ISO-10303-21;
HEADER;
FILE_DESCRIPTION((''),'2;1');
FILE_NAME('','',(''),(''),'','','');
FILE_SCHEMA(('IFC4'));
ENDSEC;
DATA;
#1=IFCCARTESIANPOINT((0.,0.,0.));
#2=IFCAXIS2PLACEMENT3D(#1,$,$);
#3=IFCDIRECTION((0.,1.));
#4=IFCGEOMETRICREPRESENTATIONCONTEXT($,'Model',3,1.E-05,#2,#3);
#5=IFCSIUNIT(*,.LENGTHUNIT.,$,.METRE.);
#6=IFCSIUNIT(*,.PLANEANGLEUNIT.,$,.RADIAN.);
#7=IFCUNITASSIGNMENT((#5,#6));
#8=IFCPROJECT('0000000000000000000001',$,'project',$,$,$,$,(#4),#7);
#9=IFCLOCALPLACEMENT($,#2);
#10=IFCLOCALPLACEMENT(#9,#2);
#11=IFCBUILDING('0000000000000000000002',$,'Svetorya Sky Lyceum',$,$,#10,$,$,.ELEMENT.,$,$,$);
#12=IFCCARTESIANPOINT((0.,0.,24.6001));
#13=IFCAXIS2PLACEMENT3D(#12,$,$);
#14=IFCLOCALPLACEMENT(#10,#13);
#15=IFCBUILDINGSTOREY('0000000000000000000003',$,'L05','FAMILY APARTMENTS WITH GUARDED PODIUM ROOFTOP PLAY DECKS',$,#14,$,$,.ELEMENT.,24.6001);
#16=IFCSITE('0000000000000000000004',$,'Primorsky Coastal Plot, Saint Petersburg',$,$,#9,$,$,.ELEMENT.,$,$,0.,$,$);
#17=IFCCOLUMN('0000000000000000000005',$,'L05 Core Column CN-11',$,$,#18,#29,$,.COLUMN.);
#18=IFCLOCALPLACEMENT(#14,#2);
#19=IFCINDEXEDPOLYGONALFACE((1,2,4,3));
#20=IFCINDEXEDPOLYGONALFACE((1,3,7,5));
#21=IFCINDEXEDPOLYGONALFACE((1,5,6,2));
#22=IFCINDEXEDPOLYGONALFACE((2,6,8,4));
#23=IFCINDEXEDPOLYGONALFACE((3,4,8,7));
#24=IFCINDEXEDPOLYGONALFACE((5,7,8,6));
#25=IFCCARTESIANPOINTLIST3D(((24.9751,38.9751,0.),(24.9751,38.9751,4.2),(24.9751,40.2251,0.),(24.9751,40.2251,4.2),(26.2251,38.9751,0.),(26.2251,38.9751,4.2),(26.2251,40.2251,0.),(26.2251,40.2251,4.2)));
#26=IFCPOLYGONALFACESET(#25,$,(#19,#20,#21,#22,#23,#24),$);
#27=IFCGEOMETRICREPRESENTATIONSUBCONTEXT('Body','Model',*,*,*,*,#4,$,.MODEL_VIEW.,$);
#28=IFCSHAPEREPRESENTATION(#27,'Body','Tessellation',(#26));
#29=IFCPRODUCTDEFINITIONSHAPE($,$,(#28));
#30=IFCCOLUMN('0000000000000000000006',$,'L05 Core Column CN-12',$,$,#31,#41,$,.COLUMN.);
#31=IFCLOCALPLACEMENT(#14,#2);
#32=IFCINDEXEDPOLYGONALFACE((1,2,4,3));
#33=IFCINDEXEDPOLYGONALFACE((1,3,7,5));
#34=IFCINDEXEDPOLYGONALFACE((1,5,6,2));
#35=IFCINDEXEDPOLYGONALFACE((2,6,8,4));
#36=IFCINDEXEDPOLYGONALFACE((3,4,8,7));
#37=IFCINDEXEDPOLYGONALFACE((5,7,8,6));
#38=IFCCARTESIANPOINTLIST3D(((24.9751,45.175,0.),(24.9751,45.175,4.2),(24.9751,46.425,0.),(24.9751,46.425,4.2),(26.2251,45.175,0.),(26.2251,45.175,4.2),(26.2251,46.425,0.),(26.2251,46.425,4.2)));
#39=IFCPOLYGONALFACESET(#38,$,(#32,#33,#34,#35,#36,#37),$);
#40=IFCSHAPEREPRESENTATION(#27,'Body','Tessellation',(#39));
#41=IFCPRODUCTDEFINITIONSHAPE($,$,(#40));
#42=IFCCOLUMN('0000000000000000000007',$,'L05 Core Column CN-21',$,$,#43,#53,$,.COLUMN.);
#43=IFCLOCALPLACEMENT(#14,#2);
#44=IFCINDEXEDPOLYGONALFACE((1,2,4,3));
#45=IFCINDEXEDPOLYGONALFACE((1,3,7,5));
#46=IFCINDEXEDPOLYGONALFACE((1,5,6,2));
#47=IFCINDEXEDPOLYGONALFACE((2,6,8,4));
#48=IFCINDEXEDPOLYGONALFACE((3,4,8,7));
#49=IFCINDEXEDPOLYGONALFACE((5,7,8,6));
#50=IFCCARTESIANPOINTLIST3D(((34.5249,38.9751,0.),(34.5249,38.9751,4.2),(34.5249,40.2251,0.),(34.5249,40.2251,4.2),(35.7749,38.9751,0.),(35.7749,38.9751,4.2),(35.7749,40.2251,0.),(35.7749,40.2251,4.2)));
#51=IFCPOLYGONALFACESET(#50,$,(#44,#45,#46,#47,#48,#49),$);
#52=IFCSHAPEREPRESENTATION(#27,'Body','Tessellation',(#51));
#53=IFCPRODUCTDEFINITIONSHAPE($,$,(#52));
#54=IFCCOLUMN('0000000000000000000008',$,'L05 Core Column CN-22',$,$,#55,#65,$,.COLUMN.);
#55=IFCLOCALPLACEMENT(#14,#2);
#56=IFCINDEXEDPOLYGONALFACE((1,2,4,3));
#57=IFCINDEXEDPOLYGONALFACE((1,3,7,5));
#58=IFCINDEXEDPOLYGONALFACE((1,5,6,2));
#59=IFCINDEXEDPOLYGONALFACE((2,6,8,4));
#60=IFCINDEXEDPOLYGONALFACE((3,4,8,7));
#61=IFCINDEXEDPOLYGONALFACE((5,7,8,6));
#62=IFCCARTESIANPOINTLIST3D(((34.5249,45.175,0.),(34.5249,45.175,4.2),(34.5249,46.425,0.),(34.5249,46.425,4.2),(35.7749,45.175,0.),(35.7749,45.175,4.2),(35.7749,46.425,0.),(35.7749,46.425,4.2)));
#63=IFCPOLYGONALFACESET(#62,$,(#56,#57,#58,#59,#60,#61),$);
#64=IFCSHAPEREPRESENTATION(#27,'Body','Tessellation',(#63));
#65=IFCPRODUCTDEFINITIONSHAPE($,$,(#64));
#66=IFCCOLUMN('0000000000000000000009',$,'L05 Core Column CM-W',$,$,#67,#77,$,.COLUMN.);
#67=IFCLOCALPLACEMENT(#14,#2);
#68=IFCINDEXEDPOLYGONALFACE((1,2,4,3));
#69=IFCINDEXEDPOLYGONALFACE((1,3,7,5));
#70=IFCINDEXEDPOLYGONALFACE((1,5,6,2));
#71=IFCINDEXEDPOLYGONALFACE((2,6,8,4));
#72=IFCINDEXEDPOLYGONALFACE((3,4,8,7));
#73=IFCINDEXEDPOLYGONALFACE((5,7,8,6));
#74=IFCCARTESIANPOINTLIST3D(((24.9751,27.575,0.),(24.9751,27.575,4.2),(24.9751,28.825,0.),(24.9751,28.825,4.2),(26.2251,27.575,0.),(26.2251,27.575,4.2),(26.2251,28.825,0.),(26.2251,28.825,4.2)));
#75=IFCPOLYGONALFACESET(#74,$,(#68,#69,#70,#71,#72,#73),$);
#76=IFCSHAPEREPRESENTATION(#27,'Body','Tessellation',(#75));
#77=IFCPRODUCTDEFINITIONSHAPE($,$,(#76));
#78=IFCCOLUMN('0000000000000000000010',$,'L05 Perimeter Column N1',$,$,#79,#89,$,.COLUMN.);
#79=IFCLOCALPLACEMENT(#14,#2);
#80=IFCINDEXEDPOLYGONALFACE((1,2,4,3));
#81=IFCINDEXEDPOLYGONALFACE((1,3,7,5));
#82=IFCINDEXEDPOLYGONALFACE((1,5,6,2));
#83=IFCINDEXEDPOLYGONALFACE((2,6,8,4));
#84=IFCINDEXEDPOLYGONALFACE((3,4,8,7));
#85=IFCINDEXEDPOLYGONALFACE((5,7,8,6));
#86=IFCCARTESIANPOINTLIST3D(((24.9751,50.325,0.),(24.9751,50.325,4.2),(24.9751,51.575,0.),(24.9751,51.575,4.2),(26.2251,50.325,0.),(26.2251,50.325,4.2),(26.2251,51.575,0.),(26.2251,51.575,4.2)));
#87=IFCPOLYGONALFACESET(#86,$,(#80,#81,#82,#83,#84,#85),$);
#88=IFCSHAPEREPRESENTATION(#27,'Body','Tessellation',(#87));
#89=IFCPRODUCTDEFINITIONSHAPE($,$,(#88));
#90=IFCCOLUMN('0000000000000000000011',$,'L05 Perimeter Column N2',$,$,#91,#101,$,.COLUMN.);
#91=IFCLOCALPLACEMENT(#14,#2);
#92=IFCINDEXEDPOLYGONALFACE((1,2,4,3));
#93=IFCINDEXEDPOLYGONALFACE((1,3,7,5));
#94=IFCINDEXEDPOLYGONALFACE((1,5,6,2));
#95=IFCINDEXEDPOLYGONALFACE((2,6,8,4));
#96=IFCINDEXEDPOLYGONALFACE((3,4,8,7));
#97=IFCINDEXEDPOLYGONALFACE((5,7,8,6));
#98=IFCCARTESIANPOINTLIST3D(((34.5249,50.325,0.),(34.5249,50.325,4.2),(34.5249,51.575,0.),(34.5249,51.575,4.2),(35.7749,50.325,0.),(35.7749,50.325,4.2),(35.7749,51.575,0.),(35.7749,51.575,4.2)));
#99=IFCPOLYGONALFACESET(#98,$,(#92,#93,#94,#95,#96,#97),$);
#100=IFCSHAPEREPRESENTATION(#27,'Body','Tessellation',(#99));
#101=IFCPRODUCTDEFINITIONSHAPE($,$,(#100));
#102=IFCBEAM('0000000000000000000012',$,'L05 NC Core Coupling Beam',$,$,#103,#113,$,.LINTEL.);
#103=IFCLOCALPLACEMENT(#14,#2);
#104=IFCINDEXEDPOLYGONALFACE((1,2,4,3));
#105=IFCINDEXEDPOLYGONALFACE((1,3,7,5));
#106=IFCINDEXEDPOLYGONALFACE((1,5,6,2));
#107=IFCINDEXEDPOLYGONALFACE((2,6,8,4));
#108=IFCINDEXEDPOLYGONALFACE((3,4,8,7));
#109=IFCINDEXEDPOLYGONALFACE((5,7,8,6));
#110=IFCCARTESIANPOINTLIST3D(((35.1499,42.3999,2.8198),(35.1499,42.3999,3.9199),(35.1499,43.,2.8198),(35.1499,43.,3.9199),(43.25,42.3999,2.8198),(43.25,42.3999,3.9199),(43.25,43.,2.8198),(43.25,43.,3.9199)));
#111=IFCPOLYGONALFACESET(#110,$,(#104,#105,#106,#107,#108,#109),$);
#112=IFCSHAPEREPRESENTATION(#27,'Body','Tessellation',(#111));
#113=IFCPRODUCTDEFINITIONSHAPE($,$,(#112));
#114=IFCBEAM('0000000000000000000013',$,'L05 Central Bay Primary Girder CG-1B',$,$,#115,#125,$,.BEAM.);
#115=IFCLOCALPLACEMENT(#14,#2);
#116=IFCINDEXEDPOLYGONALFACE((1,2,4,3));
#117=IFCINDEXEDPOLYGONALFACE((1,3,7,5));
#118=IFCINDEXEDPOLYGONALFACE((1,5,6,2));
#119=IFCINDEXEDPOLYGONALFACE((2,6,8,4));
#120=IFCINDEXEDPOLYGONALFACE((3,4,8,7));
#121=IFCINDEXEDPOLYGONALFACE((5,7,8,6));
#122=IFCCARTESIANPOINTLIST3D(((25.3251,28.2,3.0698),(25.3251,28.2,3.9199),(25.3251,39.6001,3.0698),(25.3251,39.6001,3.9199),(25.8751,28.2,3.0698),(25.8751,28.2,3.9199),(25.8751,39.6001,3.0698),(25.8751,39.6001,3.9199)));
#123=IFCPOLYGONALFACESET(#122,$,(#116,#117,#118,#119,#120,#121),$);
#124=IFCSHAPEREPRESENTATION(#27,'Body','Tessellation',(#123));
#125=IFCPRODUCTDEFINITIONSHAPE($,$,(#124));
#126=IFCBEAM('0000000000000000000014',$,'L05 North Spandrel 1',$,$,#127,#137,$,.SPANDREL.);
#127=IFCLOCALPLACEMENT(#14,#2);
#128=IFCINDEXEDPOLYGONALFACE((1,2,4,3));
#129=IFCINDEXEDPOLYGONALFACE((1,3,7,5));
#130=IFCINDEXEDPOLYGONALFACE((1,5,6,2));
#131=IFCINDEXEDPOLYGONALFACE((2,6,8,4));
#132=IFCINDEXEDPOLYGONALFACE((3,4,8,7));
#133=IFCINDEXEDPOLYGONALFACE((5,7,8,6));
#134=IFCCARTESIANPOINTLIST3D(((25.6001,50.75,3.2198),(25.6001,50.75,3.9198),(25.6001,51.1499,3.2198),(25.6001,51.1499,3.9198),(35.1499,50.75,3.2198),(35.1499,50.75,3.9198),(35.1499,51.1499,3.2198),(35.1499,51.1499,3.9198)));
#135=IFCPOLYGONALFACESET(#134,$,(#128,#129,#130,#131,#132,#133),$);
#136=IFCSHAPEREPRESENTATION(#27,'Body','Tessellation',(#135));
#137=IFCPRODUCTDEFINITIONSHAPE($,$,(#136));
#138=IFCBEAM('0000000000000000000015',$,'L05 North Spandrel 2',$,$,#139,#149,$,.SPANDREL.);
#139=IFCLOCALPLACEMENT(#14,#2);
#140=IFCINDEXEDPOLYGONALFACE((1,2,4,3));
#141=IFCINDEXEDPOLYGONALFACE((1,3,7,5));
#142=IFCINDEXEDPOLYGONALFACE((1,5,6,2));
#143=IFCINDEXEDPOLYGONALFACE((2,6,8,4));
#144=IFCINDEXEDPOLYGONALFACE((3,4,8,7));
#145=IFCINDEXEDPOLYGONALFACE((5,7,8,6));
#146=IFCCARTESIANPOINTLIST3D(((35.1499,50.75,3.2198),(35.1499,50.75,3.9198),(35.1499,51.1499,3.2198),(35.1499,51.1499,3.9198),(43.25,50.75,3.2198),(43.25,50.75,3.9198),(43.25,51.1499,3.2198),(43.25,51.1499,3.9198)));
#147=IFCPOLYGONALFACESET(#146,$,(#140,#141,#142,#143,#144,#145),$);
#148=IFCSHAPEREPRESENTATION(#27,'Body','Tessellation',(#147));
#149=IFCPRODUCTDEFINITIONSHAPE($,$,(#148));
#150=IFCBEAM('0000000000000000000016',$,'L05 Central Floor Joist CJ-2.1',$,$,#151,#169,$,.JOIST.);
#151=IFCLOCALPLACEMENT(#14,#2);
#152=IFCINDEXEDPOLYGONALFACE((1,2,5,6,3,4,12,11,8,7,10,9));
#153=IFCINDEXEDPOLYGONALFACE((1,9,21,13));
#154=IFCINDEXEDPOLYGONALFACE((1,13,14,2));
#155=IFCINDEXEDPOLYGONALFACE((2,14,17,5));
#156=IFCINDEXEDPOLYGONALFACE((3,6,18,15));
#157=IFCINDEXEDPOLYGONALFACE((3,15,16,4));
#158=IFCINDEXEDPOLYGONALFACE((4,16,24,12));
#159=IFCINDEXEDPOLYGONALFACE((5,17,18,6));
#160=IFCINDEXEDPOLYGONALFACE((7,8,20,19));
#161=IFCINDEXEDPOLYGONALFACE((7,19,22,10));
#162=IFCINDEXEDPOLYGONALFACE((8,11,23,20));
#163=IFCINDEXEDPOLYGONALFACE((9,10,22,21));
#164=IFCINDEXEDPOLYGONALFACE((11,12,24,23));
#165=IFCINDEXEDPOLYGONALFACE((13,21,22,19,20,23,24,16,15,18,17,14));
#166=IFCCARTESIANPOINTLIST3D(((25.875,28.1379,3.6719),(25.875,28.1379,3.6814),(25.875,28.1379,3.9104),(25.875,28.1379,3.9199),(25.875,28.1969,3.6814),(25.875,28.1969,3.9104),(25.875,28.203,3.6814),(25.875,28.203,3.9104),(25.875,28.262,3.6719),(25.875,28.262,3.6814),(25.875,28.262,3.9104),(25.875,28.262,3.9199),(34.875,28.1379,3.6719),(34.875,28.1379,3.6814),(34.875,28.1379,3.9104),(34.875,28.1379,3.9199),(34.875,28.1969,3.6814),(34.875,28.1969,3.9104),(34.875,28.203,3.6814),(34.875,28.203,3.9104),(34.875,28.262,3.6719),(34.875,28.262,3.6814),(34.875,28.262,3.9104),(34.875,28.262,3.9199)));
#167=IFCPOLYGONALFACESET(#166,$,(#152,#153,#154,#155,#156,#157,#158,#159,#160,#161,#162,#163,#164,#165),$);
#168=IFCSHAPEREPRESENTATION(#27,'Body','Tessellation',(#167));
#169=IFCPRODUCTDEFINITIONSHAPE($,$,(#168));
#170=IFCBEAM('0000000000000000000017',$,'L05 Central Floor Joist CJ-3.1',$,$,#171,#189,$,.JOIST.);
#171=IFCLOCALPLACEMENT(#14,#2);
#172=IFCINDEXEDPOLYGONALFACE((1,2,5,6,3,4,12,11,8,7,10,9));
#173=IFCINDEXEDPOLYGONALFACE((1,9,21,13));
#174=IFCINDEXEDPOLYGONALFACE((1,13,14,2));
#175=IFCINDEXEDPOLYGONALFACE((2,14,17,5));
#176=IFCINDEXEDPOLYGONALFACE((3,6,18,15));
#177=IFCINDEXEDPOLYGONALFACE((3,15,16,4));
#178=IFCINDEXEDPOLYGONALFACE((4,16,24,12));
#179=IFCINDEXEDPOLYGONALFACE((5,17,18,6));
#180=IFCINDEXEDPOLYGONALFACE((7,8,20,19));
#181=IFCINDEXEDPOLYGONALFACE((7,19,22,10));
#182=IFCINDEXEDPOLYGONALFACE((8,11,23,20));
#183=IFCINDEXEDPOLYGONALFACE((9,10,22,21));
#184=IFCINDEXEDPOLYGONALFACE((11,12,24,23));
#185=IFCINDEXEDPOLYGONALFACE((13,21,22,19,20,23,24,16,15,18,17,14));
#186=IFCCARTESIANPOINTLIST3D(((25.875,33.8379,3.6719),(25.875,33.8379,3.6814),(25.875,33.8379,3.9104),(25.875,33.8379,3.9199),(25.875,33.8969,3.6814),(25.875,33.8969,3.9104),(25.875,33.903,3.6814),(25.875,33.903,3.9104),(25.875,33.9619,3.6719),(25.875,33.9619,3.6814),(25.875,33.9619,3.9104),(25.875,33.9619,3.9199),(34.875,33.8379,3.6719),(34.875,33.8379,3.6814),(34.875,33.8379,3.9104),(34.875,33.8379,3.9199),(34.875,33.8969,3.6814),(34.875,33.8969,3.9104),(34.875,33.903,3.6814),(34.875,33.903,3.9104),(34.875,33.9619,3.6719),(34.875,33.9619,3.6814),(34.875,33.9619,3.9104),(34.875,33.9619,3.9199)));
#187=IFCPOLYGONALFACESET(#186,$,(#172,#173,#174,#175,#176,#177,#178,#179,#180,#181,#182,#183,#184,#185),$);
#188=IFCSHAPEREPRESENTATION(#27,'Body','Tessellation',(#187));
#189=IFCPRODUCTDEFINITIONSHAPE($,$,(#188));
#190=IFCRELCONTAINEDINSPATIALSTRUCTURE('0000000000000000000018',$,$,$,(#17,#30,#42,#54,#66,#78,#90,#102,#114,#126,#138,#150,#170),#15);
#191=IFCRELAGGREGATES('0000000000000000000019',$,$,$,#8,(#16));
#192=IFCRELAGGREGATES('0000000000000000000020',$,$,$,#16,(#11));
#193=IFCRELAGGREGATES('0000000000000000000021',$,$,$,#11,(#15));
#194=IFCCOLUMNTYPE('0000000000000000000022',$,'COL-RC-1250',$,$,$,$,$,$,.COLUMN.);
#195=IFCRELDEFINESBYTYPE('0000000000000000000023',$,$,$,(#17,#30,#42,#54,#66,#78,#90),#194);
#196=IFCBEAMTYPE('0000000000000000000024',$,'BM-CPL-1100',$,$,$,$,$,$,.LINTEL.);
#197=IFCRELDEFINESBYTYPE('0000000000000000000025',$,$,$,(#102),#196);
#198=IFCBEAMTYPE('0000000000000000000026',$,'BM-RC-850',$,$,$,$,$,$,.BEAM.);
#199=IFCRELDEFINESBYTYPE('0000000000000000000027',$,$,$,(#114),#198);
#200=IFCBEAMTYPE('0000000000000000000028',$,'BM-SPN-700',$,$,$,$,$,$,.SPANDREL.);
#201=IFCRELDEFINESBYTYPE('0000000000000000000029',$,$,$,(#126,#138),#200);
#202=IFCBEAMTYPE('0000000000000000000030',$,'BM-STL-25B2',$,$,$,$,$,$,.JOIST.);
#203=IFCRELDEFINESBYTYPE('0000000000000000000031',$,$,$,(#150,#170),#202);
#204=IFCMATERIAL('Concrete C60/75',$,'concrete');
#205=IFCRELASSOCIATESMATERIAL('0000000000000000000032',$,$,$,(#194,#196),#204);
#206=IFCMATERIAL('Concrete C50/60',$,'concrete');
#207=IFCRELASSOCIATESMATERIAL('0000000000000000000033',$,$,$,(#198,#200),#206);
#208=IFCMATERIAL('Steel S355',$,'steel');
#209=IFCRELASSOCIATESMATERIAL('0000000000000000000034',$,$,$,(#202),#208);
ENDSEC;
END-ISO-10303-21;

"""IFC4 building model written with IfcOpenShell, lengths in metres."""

from ifc_helpers import new_model, si_unit, direction, frame, origin, origin_2d, place, context, subcontext, project, spatial, rectangle, i_section, extrude, material, material_profile, profile_set, type_object, element, save


model = new_model("IFC4")

# Units and contexts
model_context = context("Model", 3, precision=1e-05, world=origin(), true_north=direction((0.0, 1.0)))
body_context = subcontext(model_context, "Body", "Model", "MODEL_VIEW")
ifc_project = project(units=[si_unit("LENGTHUNIT", "METRE"), si_unit("PLANEANGLEUNIT", "RADIAN")], contexts=[model_context])

# Site, building, storey
site_placement = place(None, origin())
site = spatial("IfcSite", under=ifc_project, at=site_placement, Name="Primorsky Coastal Plot, Saint Petersburg", CompositionType="ELEMENT", RefElevation=0.0)
building_placement = place(site_placement, origin())
building = spatial("IfcBuilding", under=site, at=building_placement, Name="Svetorya Sky Lyceum", CompositionType="ELEMENT")
storey_placement = place(building_placement, frame((0.0, 0.0, 24.6001)))
storey = spatial("IfcBuildingStorey", under=building, at=storey_placement, Name="L05", Description="FAMILY APARTMENTS WITH GUARDED PODIUM ROOFTOP PLAY DECKS", CompositionType="ELEMENT", Elevation=24.6001)

# Columns
ifc_material_1 = material(Name="Concrete C60/75", Category="concrete")
ifc_material_profile_1 = material_profile(ifc_material_1, rectangle(XDim=1.25, YDim=1.25, at=origin_2d()), Name="RC COL 1250x1250")
ifc_profile_set_1 = profile_set([ifc_material_profile_1], Name="Concrete C60/75")
column_type = type_object("IfcColumnType", Name="COL-RC-1250", PredefinedType="COLUMN", material=ifc_profile_set_1)
for number, where, z_axis, x_axis, name in (
    (1, (25.6001, 39.6001, 0.0), (0.0, 0.0, 1.0), (1.0, 0.0, 0.0), "L05 Core Column CN-11"),
    (2, (25.6001, 45.8, 0.0), (0.0, 0.0, 1.0), (1.0, 0.0, 0.0), "L05 Core Column CN-12"),
    (3, (35.1499, 39.6001, 0.0), (0.0, 0.0, 1.0), (1.0, 0.0, 0.0), "L05 Core Column CN-21"),
    (4, (35.1499, 45.8, 0.0), (0.0, 0.0, 1.0), (1.0, 0.0, 0.0), "L05 Core Column CN-22"),
    (5, (25.6001, 28.2, 0.0), (0.0, 0.0, 1.0), (1.0, 0.0, 0.0), "L05 Core Column CM-W"),
    (6, (25.6001, 50.95, 0.0), (0.0, 0.0, 1.0), (1.0, 0.0, 0.0), "L05 Perimeter Column N1"),
    (7, (35.1499, 50.95, 0.0), (0.0, 0.0, 1.0), (1.0, 0.0, 0.0), "L05 Perimeter Column N2"),
):
    element("IfcColumn", number, at=place(storey_placement, frame(where, z_axis=z_axis, x_axis=x_axis)), inside=storey, type_object=column_type, Name=name, PredefinedType="COLUMN", context=body_context, shape_type="SweptSolid", body=[
        extrude(rectangle(XDim=1.25, YDim=1.25, at=origin_2d()), origin(), (0.0, 0.0, 1.0), 4.2),
    ])

# Beams
ifc_material_profile_2 = material_profile(ifc_material_1, rectangle(XDim=0.6001, YDim=1.1001, at=origin_2d()), Name="RC COUPLING 600x1100")
ifc_profile_set_2 = profile_set([ifc_material_profile_2], Name="Concrete C60/75")
beam_type_1 = type_object("IfcBeamType", Name="BM-CPL-1100", PredefinedType="LINTEL", material=ifc_profile_set_2)
beam_1_placement = place(storey_placement, frame((35.1499, 42.7, 3.3699), z_axis=(1.0, 0.0, 0.0), x_axis=(0.0, 1.0, 0.0)))
element("IfcBeam", 8, at=beam_1_placement, inside=storey, type_object=beam_type_1, Name="L05 NC Core Coupling Beam", PredefinedType="LINTEL", context=body_context, shape_type="SweptSolid", body=[
    extrude(rectangle(XDim=0.6001, YDim=1.1001, at=origin_2d()), origin(), (0.0, 0.0, 1.0), 8.1001),
])
ifc_material_2 = material(Name="Concrete C50/60", Category="concrete")
ifc_material_profile_3 = material_profile(ifc_material_2, rectangle(XDim=0.55, YDim=0.8501, at=origin_2d()), Name="RC BEAM 550x850")
ifc_profile_set_3 = profile_set([ifc_material_profile_3], Name="Concrete C50/60")
beam_type_2 = type_object("IfcBeamType", Name="BM-RC-850", PredefinedType="BEAM", material=ifc_profile_set_3)
beam_2_placement = place(storey_placement, frame((25.6001, 28.2, 3.4949), z_axis=(0.0, 1.0, 0.0), x_axis=(-1.0, 0.0, 0.0)))
element("IfcBeam", 9, at=beam_2_placement, inside=storey, type_object=beam_type_2, Name="L05 Central Bay Primary Girder CG-1B", PredefinedType="BEAM", context=body_context, shape_type="SweptSolid", body=[
    extrude(rectangle(XDim=0.55, YDim=0.8501, at=origin_2d()), origin(), (0.0, 0.0, 1.0), 11.4001),
])
ifc_material_profile_4 = material_profile(ifc_material_2, rectangle(XDim=0.3999, YDim=0.7, at=origin_2d()), Name="RC SPANDREL 400x700")
ifc_profile_set_4 = profile_set([ifc_material_profile_4], Name="Concrete C50/60")
beam_type_3 = type_object("IfcBeamType", Name="BM-SPN-700", PredefinedType="SPANDREL", material=ifc_profile_set_4)
beam_3_placement = place(storey_placement, frame((25.6001, 50.95, 3.5698), z_axis=(1.0, 0.0, 0.0), x_axis=(0.0, 1.0, 0.0)))
element("IfcBeam", 10, at=beam_3_placement, inside=storey, type_object=beam_type_3, Name="L05 North Spandrel 1", PredefinedType="SPANDREL", context=body_context, shape_type="SweptSolid", body=[
    extrude(rectangle(XDim=0.3999, YDim=0.7, at=origin_2d()), origin(), (0.0, 0.0, 1.0), 9.5498),
])
beam_4_placement = place(storey_placement, frame((35.1499, 50.95, 3.5698), z_axis=(1.0, 0.0, 0.0), x_axis=(0.0, 1.0, 0.0)))
element("IfcBeam", 11, at=beam_4_placement, inside=storey, type_object=beam_type_3, Name="L05 North Spandrel 2", PredefinedType="SPANDREL", context=body_context, shape_type="SweptSolid", body=[
    extrude(rectangle(XDim=0.3999, YDim=0.7, at=origin_2d()), origin(), (0.0, 0.0, 1.0), 8.1001),
])
ifc_material_3 = material(Name="Steel S355", Category="steel")
ifc_material_profile_5 = material_profile(ifc_material_3, i_section(OverallWidth=0.124, OverallDepth=0.248, WebThickness=0.0061, FlangeThickness=0.0095, at=origin_2d()), Name="GOST 25B2")
ifc_profile_set_5 = profile_set([ifc_material_profile_5], Name="Steel S355")
beam_type_4 = type_object("IfcBeamType", Name="BM-STL-25B2", PredefinedType="JOIST", material=ifc_profile_set_5)
for number, where, z_axis, x_axis, name in (
    (12, (25.875, 28.2, 3.7959), (1.0, 0.0, 0.0), (0.0, 1.0, 0.0), "L05 Central Floor Joist CJ-2.1"),
    (13, (25.875, 33.8999, 3.7959), (1.0, 0.0, 0.0), (0.0, 1.0, 0.0), "L05 Central Floor Joist CJ-3.1"),
):
    element("IfcBeam", number, at=place(storey_placement, frame(where, z_axis=z_axis, x_axis=x_axis)), inside=storey, type_object=beam_type_4, Name=name, PredefinedType="JOIST", context=body_context, shape_type="SweptSolid", body=[
        extrude(i_section(OverallWidth=0.124, OverallDepth=0.248, WebThickness=0.0061, FlangeThickness=0.0095, at=origin_2d()), origin(), (0.0, 0.0, 1.0), 9.0),
    ])

save(model, "model.ifc")
